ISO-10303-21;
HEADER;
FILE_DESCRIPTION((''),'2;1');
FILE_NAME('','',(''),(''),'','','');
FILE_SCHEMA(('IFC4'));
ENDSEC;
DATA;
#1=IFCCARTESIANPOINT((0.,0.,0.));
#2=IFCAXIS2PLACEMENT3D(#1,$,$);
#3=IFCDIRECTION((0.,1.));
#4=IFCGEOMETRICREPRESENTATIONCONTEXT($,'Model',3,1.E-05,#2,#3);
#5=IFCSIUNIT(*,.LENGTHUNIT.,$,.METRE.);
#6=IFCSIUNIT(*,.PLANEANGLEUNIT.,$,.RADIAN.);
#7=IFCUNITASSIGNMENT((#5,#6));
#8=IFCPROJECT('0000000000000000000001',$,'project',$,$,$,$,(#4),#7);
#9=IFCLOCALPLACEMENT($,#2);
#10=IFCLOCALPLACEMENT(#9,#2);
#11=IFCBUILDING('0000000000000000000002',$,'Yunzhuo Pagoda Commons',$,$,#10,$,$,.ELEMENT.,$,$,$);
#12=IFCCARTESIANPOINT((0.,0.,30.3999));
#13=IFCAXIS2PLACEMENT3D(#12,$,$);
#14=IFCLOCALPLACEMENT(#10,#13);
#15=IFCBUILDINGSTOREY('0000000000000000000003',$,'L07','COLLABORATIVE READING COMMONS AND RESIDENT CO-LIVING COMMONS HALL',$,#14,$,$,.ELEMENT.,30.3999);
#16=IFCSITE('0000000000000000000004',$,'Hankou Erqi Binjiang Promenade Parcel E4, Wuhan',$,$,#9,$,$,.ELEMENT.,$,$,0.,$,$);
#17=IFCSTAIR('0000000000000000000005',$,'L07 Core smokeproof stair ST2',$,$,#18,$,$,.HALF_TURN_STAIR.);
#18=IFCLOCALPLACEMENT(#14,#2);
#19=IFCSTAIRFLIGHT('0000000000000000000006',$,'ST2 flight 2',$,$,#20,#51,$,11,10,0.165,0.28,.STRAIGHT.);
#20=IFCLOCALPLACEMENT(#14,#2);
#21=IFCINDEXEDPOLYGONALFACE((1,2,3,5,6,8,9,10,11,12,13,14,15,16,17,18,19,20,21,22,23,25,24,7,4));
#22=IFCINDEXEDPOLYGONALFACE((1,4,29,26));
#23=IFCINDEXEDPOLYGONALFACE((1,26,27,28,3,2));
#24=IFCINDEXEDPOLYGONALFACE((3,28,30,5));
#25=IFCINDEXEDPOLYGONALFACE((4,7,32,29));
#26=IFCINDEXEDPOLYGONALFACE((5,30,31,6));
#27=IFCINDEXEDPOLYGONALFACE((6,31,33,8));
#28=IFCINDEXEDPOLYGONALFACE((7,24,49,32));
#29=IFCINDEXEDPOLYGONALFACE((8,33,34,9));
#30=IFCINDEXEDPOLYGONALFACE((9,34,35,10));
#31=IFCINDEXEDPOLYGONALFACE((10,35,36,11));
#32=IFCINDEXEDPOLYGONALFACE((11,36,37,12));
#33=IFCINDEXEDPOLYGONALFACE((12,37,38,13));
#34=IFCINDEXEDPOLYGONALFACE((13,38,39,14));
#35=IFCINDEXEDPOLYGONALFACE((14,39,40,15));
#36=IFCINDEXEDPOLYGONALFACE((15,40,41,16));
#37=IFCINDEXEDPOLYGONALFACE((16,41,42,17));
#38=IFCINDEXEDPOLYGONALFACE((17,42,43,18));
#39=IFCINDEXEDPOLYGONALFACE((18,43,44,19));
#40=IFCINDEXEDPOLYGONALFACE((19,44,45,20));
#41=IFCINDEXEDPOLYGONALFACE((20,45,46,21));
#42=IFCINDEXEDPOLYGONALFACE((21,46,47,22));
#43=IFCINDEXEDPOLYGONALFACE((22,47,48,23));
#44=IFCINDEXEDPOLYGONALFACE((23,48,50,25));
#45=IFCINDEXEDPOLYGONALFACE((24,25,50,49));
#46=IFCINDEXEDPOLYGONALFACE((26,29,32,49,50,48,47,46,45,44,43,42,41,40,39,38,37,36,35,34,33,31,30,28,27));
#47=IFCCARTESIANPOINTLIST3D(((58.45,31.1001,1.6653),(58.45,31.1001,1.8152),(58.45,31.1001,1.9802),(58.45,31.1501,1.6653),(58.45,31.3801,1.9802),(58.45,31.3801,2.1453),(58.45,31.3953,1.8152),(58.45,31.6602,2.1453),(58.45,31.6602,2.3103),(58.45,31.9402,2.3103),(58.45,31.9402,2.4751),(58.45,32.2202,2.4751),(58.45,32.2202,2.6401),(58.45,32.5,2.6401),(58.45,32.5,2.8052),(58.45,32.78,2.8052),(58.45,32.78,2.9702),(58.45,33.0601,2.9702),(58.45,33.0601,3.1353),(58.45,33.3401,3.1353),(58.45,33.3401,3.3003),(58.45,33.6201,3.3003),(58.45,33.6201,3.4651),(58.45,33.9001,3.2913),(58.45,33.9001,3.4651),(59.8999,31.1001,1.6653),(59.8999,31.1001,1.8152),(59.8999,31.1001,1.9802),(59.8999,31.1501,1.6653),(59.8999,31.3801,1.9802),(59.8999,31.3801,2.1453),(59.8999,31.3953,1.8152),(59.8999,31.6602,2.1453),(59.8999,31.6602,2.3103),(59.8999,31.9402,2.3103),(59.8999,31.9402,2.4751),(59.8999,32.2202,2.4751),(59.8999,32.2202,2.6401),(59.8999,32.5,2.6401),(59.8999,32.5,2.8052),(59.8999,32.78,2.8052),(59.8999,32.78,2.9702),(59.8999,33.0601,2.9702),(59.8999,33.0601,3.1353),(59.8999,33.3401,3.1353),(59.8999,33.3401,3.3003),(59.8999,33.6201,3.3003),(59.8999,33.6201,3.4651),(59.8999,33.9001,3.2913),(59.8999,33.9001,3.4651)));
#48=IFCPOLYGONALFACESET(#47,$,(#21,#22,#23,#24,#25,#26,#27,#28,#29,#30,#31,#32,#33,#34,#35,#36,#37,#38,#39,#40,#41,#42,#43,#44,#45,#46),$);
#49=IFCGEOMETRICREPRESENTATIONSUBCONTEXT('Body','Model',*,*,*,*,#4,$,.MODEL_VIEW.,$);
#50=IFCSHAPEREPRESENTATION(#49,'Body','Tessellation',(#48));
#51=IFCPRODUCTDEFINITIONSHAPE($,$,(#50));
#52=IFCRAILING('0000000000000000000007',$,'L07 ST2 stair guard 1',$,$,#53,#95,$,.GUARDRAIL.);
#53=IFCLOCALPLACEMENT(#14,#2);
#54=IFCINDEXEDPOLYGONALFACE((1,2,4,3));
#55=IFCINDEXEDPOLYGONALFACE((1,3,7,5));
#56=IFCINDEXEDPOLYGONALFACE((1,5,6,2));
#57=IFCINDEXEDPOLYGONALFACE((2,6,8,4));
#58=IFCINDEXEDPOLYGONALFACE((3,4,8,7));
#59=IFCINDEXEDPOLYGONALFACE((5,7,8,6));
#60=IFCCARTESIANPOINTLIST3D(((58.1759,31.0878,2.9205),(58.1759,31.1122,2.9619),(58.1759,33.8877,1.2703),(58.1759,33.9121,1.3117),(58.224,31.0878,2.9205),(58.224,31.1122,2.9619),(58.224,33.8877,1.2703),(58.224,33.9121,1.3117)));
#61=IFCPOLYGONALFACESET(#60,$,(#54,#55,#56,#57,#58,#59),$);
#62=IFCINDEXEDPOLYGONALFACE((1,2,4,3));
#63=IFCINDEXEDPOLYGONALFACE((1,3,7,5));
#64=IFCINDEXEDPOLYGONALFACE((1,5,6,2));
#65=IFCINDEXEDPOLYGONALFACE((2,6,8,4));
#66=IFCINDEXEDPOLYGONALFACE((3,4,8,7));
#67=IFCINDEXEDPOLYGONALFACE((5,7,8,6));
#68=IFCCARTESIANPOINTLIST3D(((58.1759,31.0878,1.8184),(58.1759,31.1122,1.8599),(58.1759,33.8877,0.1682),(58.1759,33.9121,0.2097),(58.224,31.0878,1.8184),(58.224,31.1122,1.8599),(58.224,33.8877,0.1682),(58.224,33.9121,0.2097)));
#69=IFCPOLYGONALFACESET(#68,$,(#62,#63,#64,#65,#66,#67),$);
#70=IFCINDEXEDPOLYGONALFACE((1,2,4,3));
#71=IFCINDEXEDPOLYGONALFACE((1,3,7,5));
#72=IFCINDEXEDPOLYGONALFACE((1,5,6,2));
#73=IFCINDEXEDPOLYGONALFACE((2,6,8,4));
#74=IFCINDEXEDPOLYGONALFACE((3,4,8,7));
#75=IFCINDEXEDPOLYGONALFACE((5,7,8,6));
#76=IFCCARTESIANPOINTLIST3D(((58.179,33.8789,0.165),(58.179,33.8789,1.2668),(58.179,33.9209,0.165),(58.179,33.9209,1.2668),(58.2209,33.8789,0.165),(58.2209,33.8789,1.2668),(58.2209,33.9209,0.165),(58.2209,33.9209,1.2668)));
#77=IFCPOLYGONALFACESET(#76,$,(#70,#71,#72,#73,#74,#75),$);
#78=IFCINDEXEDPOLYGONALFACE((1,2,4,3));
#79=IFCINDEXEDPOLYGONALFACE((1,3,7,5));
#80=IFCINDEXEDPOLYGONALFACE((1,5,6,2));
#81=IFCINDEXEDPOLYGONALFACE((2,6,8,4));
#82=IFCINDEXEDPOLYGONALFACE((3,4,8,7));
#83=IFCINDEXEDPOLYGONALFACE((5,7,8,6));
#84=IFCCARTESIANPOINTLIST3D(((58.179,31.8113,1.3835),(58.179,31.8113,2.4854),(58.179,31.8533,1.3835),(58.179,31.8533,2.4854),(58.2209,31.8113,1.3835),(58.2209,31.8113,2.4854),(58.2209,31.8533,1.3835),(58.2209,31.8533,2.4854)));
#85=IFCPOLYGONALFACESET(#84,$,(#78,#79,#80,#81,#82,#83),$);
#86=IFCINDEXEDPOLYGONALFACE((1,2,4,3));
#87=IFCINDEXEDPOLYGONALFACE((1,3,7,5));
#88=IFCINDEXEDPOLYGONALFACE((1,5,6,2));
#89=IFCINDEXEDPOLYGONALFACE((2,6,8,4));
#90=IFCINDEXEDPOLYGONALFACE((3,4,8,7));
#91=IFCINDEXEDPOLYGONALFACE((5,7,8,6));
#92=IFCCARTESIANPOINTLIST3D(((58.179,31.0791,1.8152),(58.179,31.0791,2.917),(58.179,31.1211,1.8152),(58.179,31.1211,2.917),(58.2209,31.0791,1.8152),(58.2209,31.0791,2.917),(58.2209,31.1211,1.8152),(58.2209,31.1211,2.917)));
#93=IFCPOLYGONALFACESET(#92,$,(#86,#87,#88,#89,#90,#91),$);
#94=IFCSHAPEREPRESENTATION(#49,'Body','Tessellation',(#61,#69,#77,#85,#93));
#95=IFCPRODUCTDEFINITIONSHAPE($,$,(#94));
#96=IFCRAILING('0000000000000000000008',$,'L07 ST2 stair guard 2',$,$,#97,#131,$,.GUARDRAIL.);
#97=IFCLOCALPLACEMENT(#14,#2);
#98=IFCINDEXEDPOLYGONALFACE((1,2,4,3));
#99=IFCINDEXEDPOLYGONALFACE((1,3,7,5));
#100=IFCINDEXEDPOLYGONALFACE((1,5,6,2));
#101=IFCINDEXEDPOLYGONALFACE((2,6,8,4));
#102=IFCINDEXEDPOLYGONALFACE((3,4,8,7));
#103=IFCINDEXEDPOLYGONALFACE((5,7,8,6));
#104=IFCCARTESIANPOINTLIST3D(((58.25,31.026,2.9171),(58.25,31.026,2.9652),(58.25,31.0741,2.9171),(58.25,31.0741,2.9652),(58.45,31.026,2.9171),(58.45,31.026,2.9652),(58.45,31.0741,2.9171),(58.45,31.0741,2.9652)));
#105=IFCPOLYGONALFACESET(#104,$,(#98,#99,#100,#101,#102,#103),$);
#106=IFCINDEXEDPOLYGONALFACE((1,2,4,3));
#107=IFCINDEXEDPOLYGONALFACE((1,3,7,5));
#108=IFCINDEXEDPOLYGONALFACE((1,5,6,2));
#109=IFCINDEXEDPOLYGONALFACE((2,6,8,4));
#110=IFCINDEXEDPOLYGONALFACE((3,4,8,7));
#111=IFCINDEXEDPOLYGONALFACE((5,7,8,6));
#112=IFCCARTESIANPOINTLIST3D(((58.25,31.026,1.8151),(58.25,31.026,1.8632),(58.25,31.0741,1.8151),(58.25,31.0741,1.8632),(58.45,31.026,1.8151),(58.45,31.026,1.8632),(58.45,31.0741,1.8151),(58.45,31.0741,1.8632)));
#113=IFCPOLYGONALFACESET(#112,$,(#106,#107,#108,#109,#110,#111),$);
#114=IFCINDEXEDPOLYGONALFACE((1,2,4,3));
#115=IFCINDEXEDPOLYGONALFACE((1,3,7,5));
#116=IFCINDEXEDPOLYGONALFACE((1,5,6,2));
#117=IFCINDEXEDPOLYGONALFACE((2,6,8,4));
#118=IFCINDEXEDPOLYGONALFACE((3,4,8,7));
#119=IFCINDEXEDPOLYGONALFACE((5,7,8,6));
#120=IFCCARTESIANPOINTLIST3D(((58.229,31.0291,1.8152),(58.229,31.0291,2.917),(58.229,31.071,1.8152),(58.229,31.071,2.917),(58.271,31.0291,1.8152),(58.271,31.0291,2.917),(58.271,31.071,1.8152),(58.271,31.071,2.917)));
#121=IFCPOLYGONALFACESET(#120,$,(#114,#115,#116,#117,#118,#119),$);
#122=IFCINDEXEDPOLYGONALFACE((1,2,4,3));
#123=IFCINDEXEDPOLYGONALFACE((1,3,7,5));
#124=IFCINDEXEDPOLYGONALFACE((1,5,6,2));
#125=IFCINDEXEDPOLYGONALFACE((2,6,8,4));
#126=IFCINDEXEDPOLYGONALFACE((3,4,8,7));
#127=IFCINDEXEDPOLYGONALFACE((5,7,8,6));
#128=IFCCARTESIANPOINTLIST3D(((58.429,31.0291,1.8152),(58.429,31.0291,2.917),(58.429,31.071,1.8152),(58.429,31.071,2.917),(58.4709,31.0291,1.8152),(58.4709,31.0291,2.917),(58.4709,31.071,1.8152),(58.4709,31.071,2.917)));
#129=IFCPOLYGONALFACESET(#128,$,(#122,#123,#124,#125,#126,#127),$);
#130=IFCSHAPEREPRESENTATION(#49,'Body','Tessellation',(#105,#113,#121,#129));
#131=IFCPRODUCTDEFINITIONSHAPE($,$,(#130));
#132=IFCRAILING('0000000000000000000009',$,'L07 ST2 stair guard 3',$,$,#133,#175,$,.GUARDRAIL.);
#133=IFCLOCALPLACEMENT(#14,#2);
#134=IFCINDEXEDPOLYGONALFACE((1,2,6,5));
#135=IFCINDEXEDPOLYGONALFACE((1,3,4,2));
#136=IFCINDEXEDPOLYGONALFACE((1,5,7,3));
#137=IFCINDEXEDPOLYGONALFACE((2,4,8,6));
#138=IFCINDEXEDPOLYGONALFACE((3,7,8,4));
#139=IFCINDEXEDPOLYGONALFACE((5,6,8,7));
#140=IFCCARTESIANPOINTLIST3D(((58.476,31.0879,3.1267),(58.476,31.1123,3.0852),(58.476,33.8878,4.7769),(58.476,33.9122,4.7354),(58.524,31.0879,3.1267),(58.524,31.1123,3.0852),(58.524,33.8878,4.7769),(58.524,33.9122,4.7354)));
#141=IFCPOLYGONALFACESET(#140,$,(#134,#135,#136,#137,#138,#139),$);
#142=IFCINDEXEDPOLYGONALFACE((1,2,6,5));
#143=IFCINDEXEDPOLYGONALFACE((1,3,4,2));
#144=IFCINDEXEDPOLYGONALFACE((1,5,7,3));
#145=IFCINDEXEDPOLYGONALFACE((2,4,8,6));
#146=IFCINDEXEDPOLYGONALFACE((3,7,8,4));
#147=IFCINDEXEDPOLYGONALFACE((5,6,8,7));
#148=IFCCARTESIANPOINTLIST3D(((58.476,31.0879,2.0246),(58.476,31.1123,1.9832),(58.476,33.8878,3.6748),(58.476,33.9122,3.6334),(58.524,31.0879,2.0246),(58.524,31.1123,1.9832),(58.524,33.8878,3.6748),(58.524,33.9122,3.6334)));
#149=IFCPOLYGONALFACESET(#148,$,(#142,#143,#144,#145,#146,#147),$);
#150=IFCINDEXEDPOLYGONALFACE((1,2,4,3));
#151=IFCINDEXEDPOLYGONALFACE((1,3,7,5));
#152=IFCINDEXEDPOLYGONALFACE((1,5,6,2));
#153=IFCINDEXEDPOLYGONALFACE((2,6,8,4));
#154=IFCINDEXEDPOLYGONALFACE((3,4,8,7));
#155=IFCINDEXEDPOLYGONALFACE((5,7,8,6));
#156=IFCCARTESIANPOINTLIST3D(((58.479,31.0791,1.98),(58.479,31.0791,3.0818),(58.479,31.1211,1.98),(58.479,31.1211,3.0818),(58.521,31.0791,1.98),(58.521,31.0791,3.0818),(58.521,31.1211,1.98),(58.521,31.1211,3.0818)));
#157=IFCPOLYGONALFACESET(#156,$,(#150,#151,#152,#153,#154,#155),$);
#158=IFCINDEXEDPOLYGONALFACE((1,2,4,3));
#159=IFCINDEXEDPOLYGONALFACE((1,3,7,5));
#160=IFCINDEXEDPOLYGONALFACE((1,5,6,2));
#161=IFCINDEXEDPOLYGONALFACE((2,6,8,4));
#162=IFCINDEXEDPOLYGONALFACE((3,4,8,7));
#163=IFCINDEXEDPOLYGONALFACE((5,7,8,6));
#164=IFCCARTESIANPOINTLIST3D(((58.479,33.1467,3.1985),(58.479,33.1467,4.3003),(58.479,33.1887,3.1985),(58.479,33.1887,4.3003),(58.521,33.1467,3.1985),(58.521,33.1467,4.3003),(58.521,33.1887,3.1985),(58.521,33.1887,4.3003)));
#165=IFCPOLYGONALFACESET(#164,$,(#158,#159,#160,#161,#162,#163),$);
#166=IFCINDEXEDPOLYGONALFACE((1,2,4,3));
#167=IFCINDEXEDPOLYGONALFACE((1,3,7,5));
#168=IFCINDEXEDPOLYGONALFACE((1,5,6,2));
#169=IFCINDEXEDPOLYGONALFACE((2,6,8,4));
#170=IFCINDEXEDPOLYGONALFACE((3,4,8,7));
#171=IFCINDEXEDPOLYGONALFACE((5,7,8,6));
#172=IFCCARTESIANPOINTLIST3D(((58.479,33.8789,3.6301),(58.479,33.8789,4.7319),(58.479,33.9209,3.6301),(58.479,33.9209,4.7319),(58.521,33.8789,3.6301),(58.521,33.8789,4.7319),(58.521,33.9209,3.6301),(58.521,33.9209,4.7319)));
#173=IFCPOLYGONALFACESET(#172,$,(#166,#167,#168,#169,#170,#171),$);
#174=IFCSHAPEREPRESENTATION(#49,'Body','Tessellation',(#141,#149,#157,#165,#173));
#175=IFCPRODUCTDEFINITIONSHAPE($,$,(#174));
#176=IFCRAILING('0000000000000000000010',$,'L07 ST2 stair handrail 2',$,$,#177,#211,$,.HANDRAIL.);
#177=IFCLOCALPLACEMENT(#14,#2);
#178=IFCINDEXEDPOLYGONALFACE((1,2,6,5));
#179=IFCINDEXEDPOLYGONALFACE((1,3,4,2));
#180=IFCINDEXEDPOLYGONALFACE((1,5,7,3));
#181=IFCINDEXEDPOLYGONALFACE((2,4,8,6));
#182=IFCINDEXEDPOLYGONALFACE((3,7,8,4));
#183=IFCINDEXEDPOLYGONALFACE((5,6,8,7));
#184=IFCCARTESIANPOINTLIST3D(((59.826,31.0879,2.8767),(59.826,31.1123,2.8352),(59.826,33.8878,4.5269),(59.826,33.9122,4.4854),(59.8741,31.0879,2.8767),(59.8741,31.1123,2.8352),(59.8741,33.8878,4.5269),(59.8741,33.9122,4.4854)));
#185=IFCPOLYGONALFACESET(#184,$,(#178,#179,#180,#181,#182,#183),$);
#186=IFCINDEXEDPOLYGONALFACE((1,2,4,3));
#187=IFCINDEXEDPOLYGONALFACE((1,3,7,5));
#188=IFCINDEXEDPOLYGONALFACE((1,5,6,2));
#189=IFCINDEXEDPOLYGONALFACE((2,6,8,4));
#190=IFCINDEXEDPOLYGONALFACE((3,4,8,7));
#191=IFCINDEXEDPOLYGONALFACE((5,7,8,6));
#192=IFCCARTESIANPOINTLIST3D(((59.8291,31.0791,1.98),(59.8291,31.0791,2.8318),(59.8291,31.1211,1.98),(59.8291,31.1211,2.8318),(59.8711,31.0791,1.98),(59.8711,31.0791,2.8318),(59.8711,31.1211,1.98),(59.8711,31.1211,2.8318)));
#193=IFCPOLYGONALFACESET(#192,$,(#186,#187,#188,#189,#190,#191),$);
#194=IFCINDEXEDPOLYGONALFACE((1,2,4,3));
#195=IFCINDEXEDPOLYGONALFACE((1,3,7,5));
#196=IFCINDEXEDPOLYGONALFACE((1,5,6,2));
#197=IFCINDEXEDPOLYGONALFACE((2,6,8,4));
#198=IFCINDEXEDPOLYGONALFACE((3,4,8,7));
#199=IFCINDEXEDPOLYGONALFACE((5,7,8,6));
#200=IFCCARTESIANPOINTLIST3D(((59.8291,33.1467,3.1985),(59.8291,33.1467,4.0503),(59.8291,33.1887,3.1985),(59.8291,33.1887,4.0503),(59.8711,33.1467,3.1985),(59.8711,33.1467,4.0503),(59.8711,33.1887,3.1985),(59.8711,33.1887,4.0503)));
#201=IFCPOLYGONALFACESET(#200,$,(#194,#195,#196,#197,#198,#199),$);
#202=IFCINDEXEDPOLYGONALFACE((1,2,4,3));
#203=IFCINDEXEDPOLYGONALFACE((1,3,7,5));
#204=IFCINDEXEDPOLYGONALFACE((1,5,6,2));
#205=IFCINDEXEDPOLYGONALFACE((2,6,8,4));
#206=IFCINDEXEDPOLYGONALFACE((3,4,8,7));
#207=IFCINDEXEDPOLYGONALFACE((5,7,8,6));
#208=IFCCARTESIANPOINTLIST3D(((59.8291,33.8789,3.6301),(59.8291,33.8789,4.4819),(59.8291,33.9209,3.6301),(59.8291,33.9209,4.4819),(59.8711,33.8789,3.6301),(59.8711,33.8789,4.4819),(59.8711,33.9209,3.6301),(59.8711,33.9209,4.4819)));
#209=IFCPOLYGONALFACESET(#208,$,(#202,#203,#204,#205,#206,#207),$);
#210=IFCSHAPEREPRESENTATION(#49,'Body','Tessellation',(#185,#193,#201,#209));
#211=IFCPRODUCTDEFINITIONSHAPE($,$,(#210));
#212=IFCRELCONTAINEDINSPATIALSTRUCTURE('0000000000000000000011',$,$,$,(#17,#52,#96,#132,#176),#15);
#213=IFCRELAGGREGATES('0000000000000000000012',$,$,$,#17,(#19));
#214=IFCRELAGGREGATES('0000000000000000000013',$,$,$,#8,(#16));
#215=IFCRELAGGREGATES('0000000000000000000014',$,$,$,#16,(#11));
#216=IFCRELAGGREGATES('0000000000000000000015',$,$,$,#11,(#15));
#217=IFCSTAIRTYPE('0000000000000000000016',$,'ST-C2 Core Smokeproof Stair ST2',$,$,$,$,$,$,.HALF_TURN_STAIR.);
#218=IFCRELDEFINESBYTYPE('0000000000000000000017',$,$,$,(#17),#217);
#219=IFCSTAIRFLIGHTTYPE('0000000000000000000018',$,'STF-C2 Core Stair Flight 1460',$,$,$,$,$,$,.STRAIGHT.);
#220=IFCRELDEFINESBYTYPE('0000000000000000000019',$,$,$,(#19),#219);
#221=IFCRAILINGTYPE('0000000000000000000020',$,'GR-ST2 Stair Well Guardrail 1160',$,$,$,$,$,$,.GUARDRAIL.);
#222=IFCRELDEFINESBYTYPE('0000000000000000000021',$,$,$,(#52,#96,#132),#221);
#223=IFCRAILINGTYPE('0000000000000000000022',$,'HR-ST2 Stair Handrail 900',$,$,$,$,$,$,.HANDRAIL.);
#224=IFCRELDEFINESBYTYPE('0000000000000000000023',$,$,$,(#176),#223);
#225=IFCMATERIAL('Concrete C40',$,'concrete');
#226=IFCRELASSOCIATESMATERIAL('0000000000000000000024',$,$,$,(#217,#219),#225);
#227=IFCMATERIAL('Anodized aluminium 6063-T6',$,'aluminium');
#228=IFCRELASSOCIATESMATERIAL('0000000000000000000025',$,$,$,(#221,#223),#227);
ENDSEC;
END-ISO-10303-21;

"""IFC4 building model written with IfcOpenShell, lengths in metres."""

from ifc_helpers import new_model, si_unit, direction, frame, origin, origin_2d, place, context, subcontext, project, spatial, polyline, rectangle, outline, extrude, source, transform, mapped, material, type_object, element, aggregate, save


model = new_model("IFC4")

# Units and contexts
model_context = context("Model", 3, precision=1e-05, world=origin(), true_north=direction((0.0, 1.0)))
body_context = subcontext(model_context, "Body", "Model", "MODEL_VIEW")
ifc_project = project(units=[si_unit("LENGTHUNIT", "METRE"), si_unit("PLANEANGLEUNIT", "RADIAN")], contexts=[model_context])

# Site, building, storey
site_placement = place(None, origin())
site = spatial("IfcSite", under=ifc_project, at=site_placement, Name="Hankou Erqi Binjiang Promenade Parcel E4, Wuhan", CompositionType="ELEMENT", RefElevation=0.0)
building_placement = place(site_placement, origin())
building = spatial("IfcBuilding", under=site, at=building_placement, Name="Yunzhuo Pagoda Commons", CompositionType="ELEMENT")
storey_placement = place(building_placement, frame((0.0, 0.0, 30.3999)))
storey = spatial("IfcBuildingStorey", under=building, at=storey_placement, Name="L07", Description="COLLABORATIVE READING COMMONS AND RESIDENT CO-LIVING COMMONS HALL", CompositionType="ELEMENT", Elevation=30.3999)

# Shared definitions
ifc_material_1 = material(Name="Anodized aluminium 6063-T6", Category="aluminium")

# Stair, stair flight
ifc_material_2 = material(Name="Concrete C40", Category="concrete")
stair_type = type_object("IfcStairType", Name="ST-C2 Core Smokeproof Stair ST2", PredefinedType="HALF_TURN_STAIR", material=ifc_material_2)
stair_placement = place(storey_placement, origin())
stair = element("IfcStair", 1, at=stair_placement, inside=storey, type_object=stair_type, Name="L07 Core smokeproof stair ST2", PredefinedType="HALF_TURN_STAIR")
stair_flight_type = type_object("IfcStairFlightType", Name="STF-C2 Core Stair Flight 1460", PredefinedType="STRAIGHT", material=ifc_material_2)
shared_shape_1 = source(origin(), body_context, "Body", "SweptSolid", [
    extrude(outline(polyline([(0.0, -0.1499), (0.0, 0.0), (0.0, 0.165), (0.28, 0.165), (0.28, 0.3301), (0.5601, 0.3301), (0.5601, 0.4951), (0.8401, 0.4951), (0.8401, 0.6599), (1.1201, 0.6599), (1.1201, 0.825), (1.3999, 0.825), (1.3999, 0.99), (1.6799, 0.99), (1.6799, 1.155), (1.96, 1.155), (1.96, 1.3201), (2.24, 1.3201), (2.24, 1.4851), (2.52, 1.4851), (2.52, 1.6499), (2.8, 1.6499), (2.8, 1.8149), (2.8, 1.4761), (0.2952, 0.0), (0.05, -0.1499), (0.0, -0.1499)])), frame((0.0, 0.7251, 0.0), z_axis=(0.0, -1.0, 0.0), x_axis=(1.0, 0.0, 0.0)), (0.0, 0.0, 1.0), 1.45),
])
stair_flight_placement = place(storey_placement, frame((59.175, 31.1001, 1.8152), z_axis=(0.0, 0.0, 1.0), x_axis=(0.0, 1.0, 0.0)))
stair_flight = element("IfcStairFlight", 2, at=stair_flight_placement, type_object=stair_flight_type, Name="ST2 flight 2", NumberOfRisers=11, NumberOfTreads=10, PredefinedType="STRAIGHT", RiserHeight=0.165, TreadLength=0.28, context=body_context, shape_type="MappedRepresentation", body=[
    mapped(shared_shape_1, transform((0.0, 0.0, 0.0), scale=1.0)),
])
aggregate(stair, [stair_flight])

# Railings
railing_type_1 = type_object("IfcRailingType", Name="GR-ST2 Stair Well Guardrail 1160", PredefinedType="GUARDRAIL", material=ifc_material_1)
railing_1_placement = place(storey_placement, frame((58.2, 33.8999, 0.165)))
element("IfcRailing", 3, at=railing_1_placement, inside=storey, type_object=railing_type_1, Name="L07 ST2 stair guard 1", PredefinedType="GUARDRAIL", context=body_context, shape_type="SweptSolid", body=[
    extrude(rectangle(XDim=0.0481, YDim=0.0481, at=origin_2d()), frame((0.0, 0.0, 1.126), z_axis=(0.0, -0.861503, 0.507752), x_axis=(1.0, 0.0, 0.0)), (0.0, 0.0, 1.0), 3.25),
    extrude(rectangle(XDim=0.0481, YDim=0.0481, at=origin_2d()), frame((0.0, 0.0, 0.0239), z_axis=(0.0, -0.861503, 0.507752), x_axis=(1.0, 0.0, 0.0)), (0.0, 0.0, 1.0), 3.25),
    extrude(rectangle(XDim=0.042, YDim=0.042, at=origin_2d()), origin(), (0.0, 0.0, 1.0), 1.1018),
    extrude(rectangle(XDim=0.042, YDim=0.042, at=origin_2d()), frame((0.0, -2.0676, 1.2185)), (0.0, 0.0, 1.0), 1.1018),
    extrude(rectangle(XDim=0.042, YDim=0.042, at=origin_2d()), frame((0.0, -2.7998, 1.6501)), (0.0, 0.0, 1.0), 1.1018),
])
railing_2_placement = place(storey_placement, frame((58.25, 31.05, 1.8152)))
element("IfcRailing", 4, at=railing_2_placement, inside=storey, type_object=railing_type_1, Name="L07 ST2 stair guard 2", PredefinedType="GUARDRAIL", context=body_context, shape_type="SweptSolid", body=[
    extrude(rectangle(XDim=0.0481, YDim=0.0481, at=origin_2d()), frame((0.0, 0.0, 1.126), z_axis=(1.0, 0.0, 0.0), x_axis=(0.0, 1.0, 0.0)), (0.0, 0.0, 1.0), 0.2),
    extrude(rectangle(XDim=0.0481, YDim=0.0481, at=origin_2d()), frame((0.0, 0.0, 0.0239), z_axis=(1.0, 0.0, 0.0), x_axis=(0.0, 1.0, 0.0)), (0.0, 0.0, 1.0), 0.2),
    extrude(rectangle(XDim=0.042, YDim=0.042, at=origin_2d()), origin(), (0.0, 0.0, 1.0), 1.1018),
    extrude(rectangle(XDim=0.042, YDim=0.042, at=origin_2d()), frame((0.2, 0.0, 0.0)), (0.0, 0.0, 1.0), 1.1018),
])
railing_3_placement = place(storey_placement, frame((58.5, 31.1001, 1.98)))
element("IfcRailing", 5, at=railing_3_placement, inside=storey, type_object=railing_type_1, Name="L07 ST2 stair guard 3", PredefinedType="GUARDRAIL", context=body_context, shape_type="SweptSolid", body=[
    extrude(rectangle(XDim=0.0481, YDim=0.0481, at=origin_2d()), frame((0.0, 0.0, 1.126), z_axis=(0.0, 0.861503, 0.507752), x_axis=(-1.0, 0.0, 0.0)), (0.0, 0.0, 1.0), 3.25),
    extrude(rectangle(XDim=0.0481, YDim=0.0481, at=origin_2d()), frame((0.0, 0.0, 0.0239), z_axis=(0.0, 0.861503, 0.507752), x_axis=(-1.0, 0.0, 0.0)), (0.0, 0.0, 1.0), 3.25),
    extrude(rectangle(XDim=0.042, YDim=0.042, at=origin_2d()), origin(), (0.0, 0.0, 1.0), 1.1018),
    extrude(rectangle(XDim=0.042, YDim=0.042, at=origin_2d()), frame((0.0, 2.0676, 1.2185)), (0.0, 0.0, 1.0), 1.1018),
    extrude(rectangle(XDim=0.042, YDim=0.042, at=origin_2d()), frame((0.0, 2.7998, 1.6501)), (0.0, 0.0, 1.0), 1.1018),
])
railing_type_2 = type_object("IfcRailingType", Name="HR-ST2 Stair Handrail 900", PredefinedType="HANDRAIL", material=ifc_material_1)
railing_4_placement = place(storey_placement, frame((59.8501, 31.1001, 1.98)))
element("IfcRailing", 6, at=railing_4_placement, inside=storey, type_object=railing_type_2, Name="L07 ST2 stair handrail 2", PredefinedType="HANDRAIL", context=body_context, shape_type="SweptSolid", body=[
    extrude(rectangle(XDim=0.0481, YDim=0.0481, at=origin_2d()), frame((0.0, 0.0, 0.876), z_axis=(0.0, 0.861503, 0.507752), x_axis=(-1.0, 0.0, 0.0)), (0.0, 0.0, 1.0), 3.25),
    extrude(rectangle(XDim=0.042, YDim=0.042, at=origin_2d()), origin(), (0.0, 0.0, 1.0), 0.8518),
    extrude(rectangle(XDim=0.042, YDim=0.042, at=origin_2d()), frame((0.0, 2.0676, 1.2185)), (0.0, 0.0, 1.0), 0.8518),
    extrude(rectangle(XDim=0.042, YDim=0.042, at=origin_2d()), frame((0.0, 2.7998, 1.6501)), (0.0, 0.0, 1.0), 0.8518),
])

save(model, "model.ifc")
